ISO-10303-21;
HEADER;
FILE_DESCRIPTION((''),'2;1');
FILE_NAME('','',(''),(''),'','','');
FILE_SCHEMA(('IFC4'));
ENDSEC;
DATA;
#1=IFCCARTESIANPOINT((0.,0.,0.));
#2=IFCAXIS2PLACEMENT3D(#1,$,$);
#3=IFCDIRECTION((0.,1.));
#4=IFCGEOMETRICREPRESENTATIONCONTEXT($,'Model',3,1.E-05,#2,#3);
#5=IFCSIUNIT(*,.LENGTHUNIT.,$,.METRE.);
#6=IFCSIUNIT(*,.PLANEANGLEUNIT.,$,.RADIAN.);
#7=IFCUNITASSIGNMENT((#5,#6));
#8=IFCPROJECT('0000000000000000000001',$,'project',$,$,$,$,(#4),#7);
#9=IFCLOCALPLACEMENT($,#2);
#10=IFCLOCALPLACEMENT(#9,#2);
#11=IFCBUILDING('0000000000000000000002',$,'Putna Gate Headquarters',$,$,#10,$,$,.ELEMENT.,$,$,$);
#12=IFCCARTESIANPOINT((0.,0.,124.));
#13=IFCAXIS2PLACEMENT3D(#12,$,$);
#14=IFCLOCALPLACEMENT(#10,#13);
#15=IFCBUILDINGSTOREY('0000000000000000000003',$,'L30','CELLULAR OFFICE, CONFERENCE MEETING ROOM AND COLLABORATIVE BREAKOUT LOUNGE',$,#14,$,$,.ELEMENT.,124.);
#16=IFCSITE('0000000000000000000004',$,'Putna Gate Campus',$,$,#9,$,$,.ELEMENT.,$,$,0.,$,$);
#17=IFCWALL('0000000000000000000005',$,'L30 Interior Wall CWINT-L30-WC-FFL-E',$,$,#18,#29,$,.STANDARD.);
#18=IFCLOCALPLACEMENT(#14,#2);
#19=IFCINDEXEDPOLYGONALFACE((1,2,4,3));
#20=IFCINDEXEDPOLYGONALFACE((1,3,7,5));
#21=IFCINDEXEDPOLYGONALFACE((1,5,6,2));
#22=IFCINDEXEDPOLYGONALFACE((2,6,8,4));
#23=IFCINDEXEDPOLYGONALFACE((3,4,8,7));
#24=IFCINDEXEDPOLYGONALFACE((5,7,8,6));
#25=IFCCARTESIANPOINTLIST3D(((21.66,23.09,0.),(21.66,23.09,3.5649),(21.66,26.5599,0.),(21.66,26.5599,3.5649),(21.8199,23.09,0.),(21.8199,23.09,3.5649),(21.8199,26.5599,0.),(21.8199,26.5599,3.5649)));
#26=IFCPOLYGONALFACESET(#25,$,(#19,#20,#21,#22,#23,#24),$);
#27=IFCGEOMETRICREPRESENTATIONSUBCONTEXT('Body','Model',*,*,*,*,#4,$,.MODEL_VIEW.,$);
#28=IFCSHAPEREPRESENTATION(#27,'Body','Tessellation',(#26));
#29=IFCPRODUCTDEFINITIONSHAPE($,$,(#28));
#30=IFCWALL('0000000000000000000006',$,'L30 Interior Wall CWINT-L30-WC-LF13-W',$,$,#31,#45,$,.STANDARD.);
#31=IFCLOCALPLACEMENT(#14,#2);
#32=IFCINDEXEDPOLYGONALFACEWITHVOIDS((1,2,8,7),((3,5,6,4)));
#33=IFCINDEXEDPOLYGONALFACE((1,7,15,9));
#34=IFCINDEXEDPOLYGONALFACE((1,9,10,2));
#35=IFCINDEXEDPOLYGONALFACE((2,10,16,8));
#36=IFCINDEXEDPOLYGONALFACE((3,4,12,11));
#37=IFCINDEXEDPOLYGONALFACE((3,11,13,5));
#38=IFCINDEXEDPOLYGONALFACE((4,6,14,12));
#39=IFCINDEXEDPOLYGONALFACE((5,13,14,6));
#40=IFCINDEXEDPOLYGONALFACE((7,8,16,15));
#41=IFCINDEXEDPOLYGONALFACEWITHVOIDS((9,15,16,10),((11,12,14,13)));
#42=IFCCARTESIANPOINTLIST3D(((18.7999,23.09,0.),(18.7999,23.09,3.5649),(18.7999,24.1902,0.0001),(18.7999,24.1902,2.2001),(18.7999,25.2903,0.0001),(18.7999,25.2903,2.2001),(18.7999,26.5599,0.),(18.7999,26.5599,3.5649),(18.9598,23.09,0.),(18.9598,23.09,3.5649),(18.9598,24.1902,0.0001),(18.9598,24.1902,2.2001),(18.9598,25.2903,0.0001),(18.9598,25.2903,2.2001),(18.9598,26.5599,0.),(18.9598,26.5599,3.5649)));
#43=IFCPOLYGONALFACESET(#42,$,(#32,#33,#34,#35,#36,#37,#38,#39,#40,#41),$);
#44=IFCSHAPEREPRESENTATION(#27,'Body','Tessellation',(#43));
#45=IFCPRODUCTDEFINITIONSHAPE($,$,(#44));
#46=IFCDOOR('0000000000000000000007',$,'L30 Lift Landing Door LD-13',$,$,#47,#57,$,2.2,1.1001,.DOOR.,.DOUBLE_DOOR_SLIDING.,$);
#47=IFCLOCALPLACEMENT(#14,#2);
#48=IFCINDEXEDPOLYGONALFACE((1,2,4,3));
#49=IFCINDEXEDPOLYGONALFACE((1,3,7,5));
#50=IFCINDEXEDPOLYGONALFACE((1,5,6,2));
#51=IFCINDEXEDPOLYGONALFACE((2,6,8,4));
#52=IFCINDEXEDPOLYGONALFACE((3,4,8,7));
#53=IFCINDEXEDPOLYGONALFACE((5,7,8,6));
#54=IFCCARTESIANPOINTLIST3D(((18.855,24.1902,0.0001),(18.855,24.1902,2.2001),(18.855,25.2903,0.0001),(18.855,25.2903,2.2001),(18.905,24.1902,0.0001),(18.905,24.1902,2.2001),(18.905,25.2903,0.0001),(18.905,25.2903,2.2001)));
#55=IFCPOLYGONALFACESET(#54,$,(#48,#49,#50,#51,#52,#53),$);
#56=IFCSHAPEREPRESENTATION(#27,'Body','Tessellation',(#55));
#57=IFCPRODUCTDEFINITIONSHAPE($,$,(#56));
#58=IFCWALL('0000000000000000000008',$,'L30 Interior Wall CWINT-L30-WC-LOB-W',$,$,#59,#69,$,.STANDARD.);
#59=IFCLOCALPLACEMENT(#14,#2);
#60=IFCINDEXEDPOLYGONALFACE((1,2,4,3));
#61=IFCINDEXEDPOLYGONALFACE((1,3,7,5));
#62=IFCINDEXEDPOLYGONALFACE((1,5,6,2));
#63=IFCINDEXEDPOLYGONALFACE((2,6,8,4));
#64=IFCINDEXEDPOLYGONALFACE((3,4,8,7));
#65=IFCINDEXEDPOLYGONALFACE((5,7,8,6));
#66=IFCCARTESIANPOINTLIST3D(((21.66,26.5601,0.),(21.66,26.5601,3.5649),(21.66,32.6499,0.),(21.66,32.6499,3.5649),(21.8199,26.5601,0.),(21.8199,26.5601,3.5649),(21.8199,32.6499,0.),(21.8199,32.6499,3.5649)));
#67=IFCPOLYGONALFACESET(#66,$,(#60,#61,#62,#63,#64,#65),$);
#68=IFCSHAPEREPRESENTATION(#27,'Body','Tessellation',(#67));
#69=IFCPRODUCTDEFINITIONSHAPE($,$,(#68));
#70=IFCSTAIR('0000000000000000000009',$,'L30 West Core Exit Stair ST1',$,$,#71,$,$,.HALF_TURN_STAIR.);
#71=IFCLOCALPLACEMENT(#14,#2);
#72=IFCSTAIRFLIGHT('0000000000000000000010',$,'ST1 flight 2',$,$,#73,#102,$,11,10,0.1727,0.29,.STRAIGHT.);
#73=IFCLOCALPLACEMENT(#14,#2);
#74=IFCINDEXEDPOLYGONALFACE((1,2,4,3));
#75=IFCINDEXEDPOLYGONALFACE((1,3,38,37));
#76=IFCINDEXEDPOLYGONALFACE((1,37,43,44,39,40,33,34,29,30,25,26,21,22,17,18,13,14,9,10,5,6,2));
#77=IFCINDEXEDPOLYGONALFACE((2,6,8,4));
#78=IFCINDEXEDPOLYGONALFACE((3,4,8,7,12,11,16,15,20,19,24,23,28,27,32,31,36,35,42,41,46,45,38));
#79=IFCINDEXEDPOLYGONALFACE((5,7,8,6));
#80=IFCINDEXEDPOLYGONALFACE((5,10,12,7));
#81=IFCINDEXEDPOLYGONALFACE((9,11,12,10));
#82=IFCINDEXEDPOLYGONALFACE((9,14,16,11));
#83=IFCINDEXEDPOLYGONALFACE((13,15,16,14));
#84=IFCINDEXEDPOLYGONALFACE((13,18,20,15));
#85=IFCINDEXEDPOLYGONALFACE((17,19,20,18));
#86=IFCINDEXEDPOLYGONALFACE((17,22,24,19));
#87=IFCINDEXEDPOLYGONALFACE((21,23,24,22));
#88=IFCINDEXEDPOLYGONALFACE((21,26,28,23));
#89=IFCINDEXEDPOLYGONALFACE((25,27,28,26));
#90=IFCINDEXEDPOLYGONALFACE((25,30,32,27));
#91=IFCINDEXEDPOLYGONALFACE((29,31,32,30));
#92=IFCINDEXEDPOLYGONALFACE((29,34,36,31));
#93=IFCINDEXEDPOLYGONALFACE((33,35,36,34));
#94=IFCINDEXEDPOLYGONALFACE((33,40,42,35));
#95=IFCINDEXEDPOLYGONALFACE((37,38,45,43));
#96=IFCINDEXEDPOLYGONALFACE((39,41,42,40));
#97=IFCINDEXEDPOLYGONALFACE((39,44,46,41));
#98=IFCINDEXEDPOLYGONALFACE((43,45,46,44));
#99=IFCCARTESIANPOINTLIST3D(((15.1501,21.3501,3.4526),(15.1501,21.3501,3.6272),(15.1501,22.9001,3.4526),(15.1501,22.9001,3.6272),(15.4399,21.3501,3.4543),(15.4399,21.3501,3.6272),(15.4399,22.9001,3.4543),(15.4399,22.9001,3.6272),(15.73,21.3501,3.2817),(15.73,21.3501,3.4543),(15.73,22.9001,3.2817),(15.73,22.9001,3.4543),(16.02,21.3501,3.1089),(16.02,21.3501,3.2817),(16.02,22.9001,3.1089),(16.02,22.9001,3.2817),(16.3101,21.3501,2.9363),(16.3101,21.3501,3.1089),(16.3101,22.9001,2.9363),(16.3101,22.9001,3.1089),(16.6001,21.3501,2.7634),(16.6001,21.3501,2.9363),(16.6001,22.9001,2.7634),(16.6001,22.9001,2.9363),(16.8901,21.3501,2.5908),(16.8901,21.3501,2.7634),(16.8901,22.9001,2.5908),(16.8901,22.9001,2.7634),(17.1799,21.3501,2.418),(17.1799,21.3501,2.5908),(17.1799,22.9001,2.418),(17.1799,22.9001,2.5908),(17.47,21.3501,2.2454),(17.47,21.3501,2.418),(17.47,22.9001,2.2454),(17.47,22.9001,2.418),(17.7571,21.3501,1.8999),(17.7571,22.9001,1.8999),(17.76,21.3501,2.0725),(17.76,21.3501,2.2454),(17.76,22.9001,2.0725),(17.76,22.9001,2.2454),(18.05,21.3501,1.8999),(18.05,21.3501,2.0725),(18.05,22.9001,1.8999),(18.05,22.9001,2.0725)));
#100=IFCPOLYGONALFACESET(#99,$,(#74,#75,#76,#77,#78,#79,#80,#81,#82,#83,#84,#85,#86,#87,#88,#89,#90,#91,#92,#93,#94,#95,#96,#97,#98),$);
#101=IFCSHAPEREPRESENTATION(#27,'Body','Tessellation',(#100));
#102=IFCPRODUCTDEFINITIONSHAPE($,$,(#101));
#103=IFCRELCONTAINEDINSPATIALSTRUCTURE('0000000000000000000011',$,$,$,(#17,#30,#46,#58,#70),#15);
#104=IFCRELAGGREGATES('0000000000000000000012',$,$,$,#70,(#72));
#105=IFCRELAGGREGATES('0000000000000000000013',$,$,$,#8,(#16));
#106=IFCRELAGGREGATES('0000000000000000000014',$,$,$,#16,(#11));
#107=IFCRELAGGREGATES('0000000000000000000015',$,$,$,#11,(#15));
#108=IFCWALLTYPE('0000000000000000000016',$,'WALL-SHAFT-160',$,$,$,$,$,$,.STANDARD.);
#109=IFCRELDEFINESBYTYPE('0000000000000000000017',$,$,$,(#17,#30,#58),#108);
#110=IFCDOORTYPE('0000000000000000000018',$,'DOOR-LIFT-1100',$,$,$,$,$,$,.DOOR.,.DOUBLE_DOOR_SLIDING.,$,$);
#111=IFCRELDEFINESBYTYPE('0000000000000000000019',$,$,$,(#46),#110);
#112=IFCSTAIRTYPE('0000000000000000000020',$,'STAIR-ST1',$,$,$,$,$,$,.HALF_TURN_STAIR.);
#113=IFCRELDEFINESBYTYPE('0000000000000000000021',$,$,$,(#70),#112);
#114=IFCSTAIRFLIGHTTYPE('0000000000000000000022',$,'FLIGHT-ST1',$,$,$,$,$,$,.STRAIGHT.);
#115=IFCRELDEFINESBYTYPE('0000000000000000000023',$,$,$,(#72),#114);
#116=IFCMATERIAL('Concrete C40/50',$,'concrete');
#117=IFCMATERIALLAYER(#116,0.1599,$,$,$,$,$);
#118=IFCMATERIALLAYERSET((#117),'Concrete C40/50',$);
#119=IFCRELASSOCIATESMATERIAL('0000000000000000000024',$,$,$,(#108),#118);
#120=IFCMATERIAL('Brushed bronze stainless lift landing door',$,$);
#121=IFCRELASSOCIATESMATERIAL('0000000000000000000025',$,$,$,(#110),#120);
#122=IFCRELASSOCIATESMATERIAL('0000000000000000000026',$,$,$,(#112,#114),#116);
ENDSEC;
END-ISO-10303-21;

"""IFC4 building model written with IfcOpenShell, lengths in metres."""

from ifc_helpers import new_model, si_unit, direction, frame, frame_2d, origin, place, context, subcontext, project, spatial, polyline, rectangle, outline, extrude, material, layer, layer_set, type_object, element, fill, aggregate, save


model = new_model("IFC4")

# Units and contexts
model_context = context("Model", 3, precision=1e-05, world=origin(), true_north=direction((0.0, 1.0)))
body_context = subcontext(model_context, "Body", "Model", "MODEL_VIEW")
ifc_project = project(units=[si_unit("LENGTHUNIT", "METRE"), si_unit("PLANEANGLEUNIT", "RADIAN")], contexts=[model_context])

# Site, building, storey
site_placement = place(None, origin())
site = spatial("IfcSite", under=ifc_project, at=site_placement, Name="Putna Gate Campus", CompositionType="ELEMENT", RefElevation=0.0)
building_placement = place(site_placement, origin())
building = spatial("IfcBuilding", under=site, at=building_placement, Name="Putna Gate Headquarters", CompositionType="ELEMENT")
storey_placement = place(building_placement, frame((0.0, 0.0, 124.0)))
storey = spatial("IfcBuildingStorey", under=building, at=storey_placement, Name="L30", Description="CELLULAR OFFICE, CONFERENCE MEETING ROOM AND COLLABORATIVE BREAKOUT LOUNGE", CompositionType="ELEMENT", Elevation=124.0)

# Wall
ifc_material_1 = material(Name="Concrete C40/50", Category="concrete")
ifc_layer_1 = layer(ifc_material_1, 0.1599)
ifc_layer_set_1 = layer_set([ifc_layer_1], Name="Concrete C40/50")
wall_type_1 = type_object("IfcWallType", Name="WALL-SHAFT-160", PredefinedType="STANDARD", material=ifc_layer_set_1)
wall_1_placement = place(storey_placement, frame((21.74, 23.0901, 0.0), z_axis=(0.0, 0.0, 1.0), x_axis=(0.0, 1.0, 0.0)))
element("IfcWall", 1, at=wall_1_placement, inside=storey, type_object=wall_type_1, Name="L30 Interior Wall CWINT-L30-WC-FFL-E", PredefinedType="STANDARD", context=body_context, shape_type="SweptSolid", body=[
    extrude(rectangle(XDim=3.47, YDim=0.1599, at=frame_2d((1.7349, 0.0))), origin(), (0.0, 0.0, 1.0), 3.5649),
])

# Wall, opening, door
wall_2_placement = place(storey_placement, frame((18.8799, 23.0901, 0.0), z_axis=(0.0, 0.0, 1.0), x_axis=(0.0, 1.0, 0.0)))
wall_2 = element("IfcWall", 2, at=wall_2_placement, inside=storey, type_object=wall_type_1, Name="L30 Interior Wall CWINT-L30-WC-LF13-W", PredefinedType="STANDARD", context=body_context, shape_type="SweptSolid", body=[
    extrude(rectangle(XDim=3.47, YDim=0.1599, at=frame_2d((1.7349, 0.0))), origin(), (0.0, 0.0, 1.0), 3.5649),
])
opening_1_placement = place(wall_2_placement, frame((1.1001, 0.0, 0.0)))
opening_1 = element("IfcOpeningElement", 3, at=opening_1_placement, cuts=wall_2, PredefinedType="OPENING", context=body_context, shape_type="SweptSolid", body=[
    extrude(rectangle(XDim=1.1001, YDim=2.2, at=frame_2d((0.55, 1.1001))), frame((0.0, 0.0898, 0.0), z_axis=(0.0, -1.0, 0.0), x_axis=(1.0, 0.0, 0.0)), (0.0, 0.0, 1.0), 0.1799),
])
ifc_material_2 = material(Name="Brushed bronze stainless lift landing door")
door_type_1 = type_object("IfcDoorType", Name="DOOR-LIFT-1100", OperationType="DOUBLE_DOOR_SLIDING", PredefinedType="DOOR", material=ifc_material_2)
door_1_placement = place(opening_1_placement, origin())
door_1 = element("IfcDoor", 4, at=door_1_placement, inside=storey, type_object=door_type_1, Name="L30 Lift Landing Door LD-13", OperationType="DOUBLE_DOOR_SLIDING", OverallHeight=2.2, OverallWidth=1.1001, PredefinedType="DOOR", context=body_context, shape_type="SweptSolid", body=[
    extrude(rectangle(XDim=1.1001, YDim=2.2, at=frame_2d((0.55, 1.1001))), frame((0.0, 0.0249, 0.0), z_axis=(0.0, -1.0, 0.0), x_axis=(1.0, 0.0, 0.0)), (0.0, 0.0, 1.0), 0.05),
])
fill(opening_1, door_1)

# Wall
wall_3_placement = place(storey_placement, frame((21.74, 26.5601, 0.0), z_axis=(0.0, 0.0, 1.0), x_axis=(0.0, 1.0, 0.0)))
element("IfcWall", 5, at=wall_3_placement, inside=storey, type_object=wall_type_1, Name="L30 Interior Wall CWINT-L30-WC-LOB-W", PredefinedType="STANDARD", context=body_context, shape_type="SweptSolid", body=[
    extrude(rectangle(XDim=6.0898, YDim=0.1599, at=frame_2d((3.0449, 0.0))), origin(), (0.0, 0.0, 1.0), 3.5649),
])

# Stair, stair flight
stair_type = type_object("IfcStairType", Name="STAIR-ST1", PredefinedType="HALF_TURN_STAIR", material=ifc_material_1)
stair_placement = place(storey_placement, origin())
stair = element("IfcStair", 6, at=stair_placement, inside=storey, type_object=stair_type, Name="L30 West Core Exit Stair ST1", PredefinedType="HALF_TURN_STAIR")
stair_flight_type = type_object("IfcStairFlightType", Name="FLIGHT-ST1", PredefinedType="STRAIGHT", material=ifc_material_1)
stair_flight_placement = place(storey_placement, frame((18.05, 22.125, 1.8999), z_axis=(0.0, 0.0, 1.0), x_axis=(-1.0, 0.0, 0.0)))
stair_flight = element("IfcStairFlight", 7, at=stair_flight_placement, type_object=stair_flight_type, Name="ST1 flight 2", NumberOfRisers=11, NumberOfTreads=10, PredefinedType="STRAIGHT", RiserHeight=0.1727, TreadLength=0.29, context=body_context, shape_type="SweptSolid", body=[
    extrude(outline(polyline([(0.0, 0.0), (0.0, 0.1726), (0.29, 0.1726), (0.29, 0.3455), (0.5801, 0.3455), (0.5801, 0.5181), (0.8701, 0.5181), (0.8701, 0.6909), (1.1599, 0.6909), (1.1599, 0.8635), (1.45, 0.8635), (1.45, 1.0364), (1.74, 1.0364), (1.74, 1.209), (2.03, 1.209), (2.03, 1.3818), (2.3201, 1.3818), (2.3201, 1.5544), (2.6101, 1.5544), (2.6101, 1.7273), (2.8999, 1.7273), (2.8999, 1.8999), (2.8999, 1.5527), (0.293, 0.0), (0.0, 0.0)])), frame((0.0, 0.7749, 0.0), z_axis=(0.0, -1.0, 0.0), x_axis=(1.0, 0.0, 0.0)), (0.0, 0.0, 1.0), 1.55),
])
aggregate(stair, [stair_flight])

save(model, "model.ifc")
